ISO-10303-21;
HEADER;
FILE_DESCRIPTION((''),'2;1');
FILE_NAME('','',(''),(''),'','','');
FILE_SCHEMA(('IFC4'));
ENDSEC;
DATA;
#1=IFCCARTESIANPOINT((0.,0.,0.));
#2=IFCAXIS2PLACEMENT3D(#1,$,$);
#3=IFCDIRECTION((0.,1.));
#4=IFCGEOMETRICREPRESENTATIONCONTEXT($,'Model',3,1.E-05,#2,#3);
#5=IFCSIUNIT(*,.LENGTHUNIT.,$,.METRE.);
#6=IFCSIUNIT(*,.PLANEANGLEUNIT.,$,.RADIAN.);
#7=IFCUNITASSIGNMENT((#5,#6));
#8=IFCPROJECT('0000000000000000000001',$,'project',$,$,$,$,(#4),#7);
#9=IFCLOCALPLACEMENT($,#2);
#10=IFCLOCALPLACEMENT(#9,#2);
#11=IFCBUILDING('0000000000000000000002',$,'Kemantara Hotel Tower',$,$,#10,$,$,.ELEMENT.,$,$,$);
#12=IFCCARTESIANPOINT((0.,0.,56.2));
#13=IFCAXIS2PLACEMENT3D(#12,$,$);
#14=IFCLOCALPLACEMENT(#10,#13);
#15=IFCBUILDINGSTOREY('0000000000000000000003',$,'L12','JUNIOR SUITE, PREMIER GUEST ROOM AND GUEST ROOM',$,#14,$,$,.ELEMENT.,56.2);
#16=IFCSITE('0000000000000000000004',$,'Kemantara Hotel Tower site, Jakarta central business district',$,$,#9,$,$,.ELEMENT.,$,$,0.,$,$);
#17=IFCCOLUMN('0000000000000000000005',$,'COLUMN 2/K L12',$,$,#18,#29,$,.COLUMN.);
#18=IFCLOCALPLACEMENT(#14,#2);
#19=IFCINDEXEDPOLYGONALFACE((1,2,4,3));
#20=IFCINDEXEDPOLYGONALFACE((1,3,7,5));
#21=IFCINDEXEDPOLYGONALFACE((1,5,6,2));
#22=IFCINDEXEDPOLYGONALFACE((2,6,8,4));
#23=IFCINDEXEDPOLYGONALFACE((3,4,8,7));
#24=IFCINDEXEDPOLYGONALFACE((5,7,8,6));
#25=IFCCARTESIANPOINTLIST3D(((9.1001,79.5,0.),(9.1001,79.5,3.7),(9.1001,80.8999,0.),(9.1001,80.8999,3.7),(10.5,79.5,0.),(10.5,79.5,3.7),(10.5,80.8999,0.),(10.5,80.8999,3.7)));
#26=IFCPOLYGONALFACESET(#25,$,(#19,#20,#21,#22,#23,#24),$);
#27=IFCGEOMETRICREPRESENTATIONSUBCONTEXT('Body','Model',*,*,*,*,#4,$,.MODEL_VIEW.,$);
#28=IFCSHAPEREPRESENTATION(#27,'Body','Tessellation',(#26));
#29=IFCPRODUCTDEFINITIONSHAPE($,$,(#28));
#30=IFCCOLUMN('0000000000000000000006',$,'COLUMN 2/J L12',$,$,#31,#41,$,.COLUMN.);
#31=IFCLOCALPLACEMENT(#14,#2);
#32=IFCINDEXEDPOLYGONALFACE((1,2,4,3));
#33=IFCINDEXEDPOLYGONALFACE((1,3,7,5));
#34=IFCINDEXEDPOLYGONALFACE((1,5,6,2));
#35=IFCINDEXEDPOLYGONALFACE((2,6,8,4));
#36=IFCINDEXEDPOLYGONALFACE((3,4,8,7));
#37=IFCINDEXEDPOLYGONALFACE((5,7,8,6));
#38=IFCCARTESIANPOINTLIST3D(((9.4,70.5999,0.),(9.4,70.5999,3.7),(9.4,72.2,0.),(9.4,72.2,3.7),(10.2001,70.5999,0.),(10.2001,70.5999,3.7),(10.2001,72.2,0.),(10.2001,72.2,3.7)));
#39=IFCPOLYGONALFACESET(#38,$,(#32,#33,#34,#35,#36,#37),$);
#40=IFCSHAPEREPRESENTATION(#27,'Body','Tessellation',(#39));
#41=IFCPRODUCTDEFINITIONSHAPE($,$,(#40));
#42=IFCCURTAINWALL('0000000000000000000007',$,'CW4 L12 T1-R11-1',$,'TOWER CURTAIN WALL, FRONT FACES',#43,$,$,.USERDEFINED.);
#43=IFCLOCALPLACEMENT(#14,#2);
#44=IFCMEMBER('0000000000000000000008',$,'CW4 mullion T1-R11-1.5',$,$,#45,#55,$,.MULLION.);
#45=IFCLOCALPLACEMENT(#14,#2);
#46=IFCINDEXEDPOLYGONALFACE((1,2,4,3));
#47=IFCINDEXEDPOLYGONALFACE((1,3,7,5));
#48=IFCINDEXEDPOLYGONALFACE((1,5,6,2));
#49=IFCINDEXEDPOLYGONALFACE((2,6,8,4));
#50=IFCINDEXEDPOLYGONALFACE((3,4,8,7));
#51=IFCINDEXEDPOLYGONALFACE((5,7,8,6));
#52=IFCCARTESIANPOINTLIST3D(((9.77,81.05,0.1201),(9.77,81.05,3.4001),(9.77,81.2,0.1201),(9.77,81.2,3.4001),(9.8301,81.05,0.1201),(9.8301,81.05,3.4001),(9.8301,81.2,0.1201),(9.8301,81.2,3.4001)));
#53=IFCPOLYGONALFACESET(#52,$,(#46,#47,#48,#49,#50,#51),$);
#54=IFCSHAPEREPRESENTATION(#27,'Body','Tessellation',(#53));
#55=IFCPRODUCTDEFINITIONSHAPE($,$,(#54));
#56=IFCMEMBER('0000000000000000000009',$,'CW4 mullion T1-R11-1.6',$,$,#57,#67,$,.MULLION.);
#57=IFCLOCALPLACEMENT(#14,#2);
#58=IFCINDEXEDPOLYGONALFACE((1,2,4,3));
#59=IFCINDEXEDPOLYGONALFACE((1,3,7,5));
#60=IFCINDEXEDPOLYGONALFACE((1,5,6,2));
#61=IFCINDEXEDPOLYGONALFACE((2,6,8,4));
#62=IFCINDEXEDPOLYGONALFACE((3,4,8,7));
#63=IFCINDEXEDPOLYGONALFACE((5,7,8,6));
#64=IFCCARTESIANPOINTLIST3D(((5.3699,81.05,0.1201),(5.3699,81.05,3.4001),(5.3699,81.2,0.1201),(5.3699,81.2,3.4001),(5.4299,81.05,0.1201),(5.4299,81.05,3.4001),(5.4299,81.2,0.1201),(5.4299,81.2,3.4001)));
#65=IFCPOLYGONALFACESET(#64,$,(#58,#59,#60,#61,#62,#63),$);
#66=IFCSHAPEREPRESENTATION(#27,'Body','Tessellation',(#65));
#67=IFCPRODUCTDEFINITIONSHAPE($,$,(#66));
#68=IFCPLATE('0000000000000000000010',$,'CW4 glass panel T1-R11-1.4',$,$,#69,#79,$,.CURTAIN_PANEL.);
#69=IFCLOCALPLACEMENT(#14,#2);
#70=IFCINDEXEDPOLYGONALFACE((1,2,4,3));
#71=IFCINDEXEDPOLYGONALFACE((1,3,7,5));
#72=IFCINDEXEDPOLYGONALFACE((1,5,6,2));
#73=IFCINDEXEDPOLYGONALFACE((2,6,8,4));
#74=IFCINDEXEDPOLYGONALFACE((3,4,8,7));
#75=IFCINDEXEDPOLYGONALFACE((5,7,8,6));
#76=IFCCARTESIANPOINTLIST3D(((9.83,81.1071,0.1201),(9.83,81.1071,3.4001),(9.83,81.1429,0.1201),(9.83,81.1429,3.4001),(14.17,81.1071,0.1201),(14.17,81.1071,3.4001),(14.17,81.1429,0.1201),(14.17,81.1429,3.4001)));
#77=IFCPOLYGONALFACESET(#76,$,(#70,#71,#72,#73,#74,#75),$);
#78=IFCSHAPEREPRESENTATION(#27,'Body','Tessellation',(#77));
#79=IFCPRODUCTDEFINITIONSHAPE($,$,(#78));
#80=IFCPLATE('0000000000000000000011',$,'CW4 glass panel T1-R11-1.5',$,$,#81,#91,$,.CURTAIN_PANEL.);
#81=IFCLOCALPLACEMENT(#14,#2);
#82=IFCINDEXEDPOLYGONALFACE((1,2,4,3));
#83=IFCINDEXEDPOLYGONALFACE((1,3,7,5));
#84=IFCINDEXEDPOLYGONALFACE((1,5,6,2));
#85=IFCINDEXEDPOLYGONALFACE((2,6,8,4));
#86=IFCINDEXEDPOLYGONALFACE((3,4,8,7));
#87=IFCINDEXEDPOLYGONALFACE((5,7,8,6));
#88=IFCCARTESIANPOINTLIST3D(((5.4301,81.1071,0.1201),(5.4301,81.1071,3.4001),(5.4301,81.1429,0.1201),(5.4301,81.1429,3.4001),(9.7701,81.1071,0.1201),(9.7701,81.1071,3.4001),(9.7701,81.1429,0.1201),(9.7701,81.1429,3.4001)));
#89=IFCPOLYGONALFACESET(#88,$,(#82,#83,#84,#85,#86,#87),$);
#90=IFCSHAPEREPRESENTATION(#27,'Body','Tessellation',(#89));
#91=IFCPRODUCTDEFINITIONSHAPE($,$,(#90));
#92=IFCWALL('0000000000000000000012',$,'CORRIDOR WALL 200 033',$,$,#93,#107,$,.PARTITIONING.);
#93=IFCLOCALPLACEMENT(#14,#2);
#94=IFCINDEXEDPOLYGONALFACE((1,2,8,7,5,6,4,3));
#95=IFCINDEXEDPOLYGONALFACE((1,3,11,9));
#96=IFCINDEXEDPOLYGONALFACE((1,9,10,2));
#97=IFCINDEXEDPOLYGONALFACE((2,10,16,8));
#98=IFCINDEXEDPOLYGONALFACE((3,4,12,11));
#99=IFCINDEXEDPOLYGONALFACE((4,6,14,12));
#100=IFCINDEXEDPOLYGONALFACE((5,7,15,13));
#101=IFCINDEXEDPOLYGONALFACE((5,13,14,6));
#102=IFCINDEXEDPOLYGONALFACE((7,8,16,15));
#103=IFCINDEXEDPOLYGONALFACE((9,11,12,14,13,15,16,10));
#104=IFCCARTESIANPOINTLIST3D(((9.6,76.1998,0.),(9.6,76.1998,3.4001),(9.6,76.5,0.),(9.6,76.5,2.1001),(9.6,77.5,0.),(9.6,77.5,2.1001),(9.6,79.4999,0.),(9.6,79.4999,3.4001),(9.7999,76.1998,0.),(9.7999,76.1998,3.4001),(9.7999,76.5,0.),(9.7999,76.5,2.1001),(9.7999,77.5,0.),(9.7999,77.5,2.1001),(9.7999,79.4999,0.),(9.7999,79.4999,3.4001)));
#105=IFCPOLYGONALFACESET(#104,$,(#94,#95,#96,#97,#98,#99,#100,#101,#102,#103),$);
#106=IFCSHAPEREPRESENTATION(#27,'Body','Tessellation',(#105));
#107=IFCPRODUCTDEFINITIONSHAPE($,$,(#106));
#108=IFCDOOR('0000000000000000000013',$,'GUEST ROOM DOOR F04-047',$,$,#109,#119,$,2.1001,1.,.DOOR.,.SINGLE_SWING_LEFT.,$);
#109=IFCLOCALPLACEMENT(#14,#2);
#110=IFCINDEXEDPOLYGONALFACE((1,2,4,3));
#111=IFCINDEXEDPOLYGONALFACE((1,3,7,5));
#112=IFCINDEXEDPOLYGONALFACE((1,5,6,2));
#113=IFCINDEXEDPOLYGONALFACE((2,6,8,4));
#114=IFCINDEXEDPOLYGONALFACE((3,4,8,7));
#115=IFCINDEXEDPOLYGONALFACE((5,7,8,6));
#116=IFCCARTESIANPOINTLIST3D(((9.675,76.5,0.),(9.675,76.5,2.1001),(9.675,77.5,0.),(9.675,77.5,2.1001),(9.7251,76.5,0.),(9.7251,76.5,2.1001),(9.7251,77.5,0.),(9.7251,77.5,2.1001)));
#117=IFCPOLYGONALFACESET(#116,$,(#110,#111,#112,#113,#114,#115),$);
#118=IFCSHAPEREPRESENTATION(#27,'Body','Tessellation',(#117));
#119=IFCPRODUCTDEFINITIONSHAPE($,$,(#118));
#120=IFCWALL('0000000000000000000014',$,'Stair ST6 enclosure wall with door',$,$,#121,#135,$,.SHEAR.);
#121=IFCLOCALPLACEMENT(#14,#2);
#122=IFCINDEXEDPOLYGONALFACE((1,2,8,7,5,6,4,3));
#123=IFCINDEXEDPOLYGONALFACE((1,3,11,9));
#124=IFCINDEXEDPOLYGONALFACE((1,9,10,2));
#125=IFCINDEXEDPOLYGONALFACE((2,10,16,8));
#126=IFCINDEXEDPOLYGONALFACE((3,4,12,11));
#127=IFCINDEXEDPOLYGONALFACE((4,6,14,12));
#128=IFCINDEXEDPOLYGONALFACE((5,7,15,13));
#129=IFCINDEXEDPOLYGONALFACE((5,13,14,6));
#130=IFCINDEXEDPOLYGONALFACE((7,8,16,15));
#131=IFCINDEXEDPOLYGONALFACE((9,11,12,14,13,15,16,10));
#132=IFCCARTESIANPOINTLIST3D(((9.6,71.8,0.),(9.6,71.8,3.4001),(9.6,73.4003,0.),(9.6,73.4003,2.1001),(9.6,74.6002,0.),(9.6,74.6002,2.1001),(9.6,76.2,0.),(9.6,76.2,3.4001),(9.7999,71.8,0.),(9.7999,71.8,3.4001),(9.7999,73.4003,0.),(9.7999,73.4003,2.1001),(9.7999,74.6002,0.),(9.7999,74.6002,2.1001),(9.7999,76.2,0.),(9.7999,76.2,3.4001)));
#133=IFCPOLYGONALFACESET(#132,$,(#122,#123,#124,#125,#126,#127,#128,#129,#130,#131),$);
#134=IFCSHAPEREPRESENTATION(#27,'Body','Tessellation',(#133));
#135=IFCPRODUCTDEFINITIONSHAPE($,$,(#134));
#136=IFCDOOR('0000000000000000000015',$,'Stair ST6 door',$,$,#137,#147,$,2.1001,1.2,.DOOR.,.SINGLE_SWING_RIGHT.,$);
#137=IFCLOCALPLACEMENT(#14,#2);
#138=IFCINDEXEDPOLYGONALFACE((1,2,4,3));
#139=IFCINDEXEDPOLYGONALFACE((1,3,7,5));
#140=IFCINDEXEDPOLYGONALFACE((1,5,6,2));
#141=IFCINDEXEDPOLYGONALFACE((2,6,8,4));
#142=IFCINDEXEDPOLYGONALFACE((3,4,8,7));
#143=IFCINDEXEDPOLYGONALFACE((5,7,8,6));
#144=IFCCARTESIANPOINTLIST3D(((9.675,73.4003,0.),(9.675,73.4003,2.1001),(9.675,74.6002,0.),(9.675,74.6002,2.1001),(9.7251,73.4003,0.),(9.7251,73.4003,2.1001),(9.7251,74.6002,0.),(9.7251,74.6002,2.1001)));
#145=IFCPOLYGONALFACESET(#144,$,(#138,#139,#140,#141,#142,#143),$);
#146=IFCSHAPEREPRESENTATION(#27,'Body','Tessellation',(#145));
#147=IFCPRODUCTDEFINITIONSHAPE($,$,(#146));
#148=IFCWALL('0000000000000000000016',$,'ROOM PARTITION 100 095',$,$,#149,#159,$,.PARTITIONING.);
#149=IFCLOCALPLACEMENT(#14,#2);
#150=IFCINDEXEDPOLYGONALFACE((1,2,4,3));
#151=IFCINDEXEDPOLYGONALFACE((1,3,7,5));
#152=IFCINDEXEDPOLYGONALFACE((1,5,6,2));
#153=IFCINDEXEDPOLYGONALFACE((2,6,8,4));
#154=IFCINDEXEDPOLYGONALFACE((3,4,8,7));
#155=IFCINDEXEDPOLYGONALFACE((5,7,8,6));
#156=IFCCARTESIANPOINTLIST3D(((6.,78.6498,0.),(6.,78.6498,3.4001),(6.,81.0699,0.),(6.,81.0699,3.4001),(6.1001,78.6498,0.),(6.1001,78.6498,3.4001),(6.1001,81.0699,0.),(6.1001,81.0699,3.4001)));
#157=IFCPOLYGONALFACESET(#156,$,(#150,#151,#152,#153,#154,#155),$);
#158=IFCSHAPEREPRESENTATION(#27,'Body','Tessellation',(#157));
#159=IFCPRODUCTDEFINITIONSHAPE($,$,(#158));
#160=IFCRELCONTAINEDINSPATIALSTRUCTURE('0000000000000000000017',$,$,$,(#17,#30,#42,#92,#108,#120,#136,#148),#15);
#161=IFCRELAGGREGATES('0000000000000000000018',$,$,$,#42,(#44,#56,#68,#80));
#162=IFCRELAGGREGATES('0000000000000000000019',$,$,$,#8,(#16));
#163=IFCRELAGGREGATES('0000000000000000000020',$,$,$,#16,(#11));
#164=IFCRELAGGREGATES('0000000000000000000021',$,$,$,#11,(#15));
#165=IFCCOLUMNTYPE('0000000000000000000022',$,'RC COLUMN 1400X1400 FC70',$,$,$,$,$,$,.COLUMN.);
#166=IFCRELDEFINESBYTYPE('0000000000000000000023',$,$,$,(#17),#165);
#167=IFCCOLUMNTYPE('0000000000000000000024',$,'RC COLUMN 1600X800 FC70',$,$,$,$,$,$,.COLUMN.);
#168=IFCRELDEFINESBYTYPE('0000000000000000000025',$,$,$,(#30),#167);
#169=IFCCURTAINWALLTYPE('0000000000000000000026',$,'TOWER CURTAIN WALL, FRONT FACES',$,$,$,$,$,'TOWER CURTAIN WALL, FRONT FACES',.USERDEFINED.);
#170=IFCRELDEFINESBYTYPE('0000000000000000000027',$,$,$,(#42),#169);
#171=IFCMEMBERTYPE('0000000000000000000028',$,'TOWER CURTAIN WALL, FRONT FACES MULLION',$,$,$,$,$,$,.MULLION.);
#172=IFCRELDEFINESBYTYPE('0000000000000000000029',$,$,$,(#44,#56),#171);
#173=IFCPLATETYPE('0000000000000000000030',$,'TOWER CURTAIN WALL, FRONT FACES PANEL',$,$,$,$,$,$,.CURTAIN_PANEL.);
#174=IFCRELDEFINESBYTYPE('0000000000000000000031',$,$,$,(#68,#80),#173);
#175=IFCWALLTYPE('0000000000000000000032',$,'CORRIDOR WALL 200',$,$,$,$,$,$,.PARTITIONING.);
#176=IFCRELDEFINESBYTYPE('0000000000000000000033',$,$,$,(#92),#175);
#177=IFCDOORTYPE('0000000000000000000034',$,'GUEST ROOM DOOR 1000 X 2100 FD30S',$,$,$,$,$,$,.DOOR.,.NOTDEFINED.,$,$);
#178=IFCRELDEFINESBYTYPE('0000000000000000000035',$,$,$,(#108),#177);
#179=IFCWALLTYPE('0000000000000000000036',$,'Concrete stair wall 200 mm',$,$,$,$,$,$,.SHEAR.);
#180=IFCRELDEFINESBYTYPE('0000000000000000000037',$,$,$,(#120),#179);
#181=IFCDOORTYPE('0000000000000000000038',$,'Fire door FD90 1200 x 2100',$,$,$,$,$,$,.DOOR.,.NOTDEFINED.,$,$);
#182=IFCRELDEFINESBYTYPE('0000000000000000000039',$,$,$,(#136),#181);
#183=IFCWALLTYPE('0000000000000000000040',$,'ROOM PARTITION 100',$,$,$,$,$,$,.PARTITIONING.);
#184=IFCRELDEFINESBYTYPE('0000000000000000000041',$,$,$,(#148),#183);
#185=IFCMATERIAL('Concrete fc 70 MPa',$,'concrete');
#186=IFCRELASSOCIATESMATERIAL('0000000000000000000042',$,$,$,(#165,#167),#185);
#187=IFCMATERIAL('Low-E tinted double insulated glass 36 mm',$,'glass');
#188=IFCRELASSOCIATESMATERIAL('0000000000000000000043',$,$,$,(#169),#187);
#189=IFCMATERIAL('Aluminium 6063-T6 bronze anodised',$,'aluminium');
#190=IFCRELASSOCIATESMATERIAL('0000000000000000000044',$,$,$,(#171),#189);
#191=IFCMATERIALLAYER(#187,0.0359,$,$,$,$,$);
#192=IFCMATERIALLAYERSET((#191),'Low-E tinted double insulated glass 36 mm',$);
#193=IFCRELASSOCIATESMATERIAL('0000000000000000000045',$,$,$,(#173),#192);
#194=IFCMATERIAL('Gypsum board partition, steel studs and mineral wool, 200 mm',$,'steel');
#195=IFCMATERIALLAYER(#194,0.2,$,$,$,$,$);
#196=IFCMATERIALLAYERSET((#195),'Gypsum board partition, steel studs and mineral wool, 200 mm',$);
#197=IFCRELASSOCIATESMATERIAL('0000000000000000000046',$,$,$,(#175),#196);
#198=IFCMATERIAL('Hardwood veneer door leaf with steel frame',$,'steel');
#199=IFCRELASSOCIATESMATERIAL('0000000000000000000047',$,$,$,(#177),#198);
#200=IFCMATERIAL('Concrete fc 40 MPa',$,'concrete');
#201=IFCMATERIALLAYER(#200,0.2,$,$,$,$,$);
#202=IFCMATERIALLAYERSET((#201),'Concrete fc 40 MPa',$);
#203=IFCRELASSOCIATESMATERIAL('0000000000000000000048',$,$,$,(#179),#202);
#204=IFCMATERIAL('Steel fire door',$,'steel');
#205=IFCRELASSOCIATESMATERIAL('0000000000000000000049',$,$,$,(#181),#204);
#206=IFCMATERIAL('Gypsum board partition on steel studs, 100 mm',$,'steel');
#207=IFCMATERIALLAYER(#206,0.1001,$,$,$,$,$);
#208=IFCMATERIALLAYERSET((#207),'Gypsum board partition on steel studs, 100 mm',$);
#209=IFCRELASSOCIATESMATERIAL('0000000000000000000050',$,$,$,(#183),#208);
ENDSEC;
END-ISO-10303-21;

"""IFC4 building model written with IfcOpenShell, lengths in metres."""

from ifc_helpers import new_model, si_unit, direction, frame, frame_2d, origin, origin_2d, place, context, subcontext, project, spatial, rectangle, extrude, source, transform, mapped, material, layer, layer_set, material_profile, profile_set, type_object, element, fill, aggregate, save


model = new_model("IFC4")

# Units and contexts
model_context = context("Model", 3, precision=1e-05, world=origin(), true_north=direction((0.0, 1.0)))
body_context = subcontext(model_context, "Body", "Model", "MODEL_VIEW")
ifc_project = project(units=[si_unit("LENGTHUNIT", "METRE"), si_unit("PLANEANGLEUNIT", "RADIAN")], contexts=[model_context])

# Site, building, storey
site_placement = place(None, origin())
site = spatial("IfcSite", under=ifc_project, at=site_placement, Name="Kemantara Hotel Tower site, Jakarta central business district", CompositionType="ELEMENT", RefElevation=0.0)
building_placement = place(site_placement, origin())
building = spatial("IfcBuilding", under=site, at=building_placement, Name="Kemantara Hotel Tower", CompositionType="ELEMENT")
storey_placement = place(building_placement, frame((0.0, 0.0, 56.2)))
storey = spatial("IfcBuildingStorey", under=building, at=storey_placement, Name="L12", Description="JUNIOR SUITE, PREMIER GUEST ROOM AND GUEST ROOM", CompositionType="ELEMENT", Elevation=56.2)

# Columns
ifc_material_1 = material(Name="Concrete fc 70 MPa", Category="concrete")
ifc_material_profile_1 = material_profile(ifc_material_1, rectangle(XDim=1.3999, YDim=1.3999, at=origin_2d()), Name="RC 1400X1400")
ifc_profile_set_1 = profile_set([ifc_material_profile_1], Name="Concrete fc 70 MPa")
column_type_1 = type_object("IfcColumnType", Name="RC COLUMN 1400X1400 FC70", PredefinedType="COLUMN", material=ifc_profile_set_1)
column_1_placement = place(storey_placement, frame((9.8, 80.2, 0.0), z_axis=(0.0, 0.0, 1.0), x_axis=(1.0, 0.0, 0.0)))
element("IfcColumn", 1, at=column_1_placement, inside=storey, type_object=column_type_1, Name="COLUMN 2/K L12", PredefinedType="COLUMN", context=body_context, shape_type="SweptSolid", body=[
    extrude(rectangle(XDim=1.3999, YDim=1.3999, at=origin_2d()), origin(), (0.0, 0.0, 1.0), 3.7),
])
ifc_material_profile_2 = material_profile(ifc_material_1, rectangle(XDim=1.6001, YDim=0.8, at=origin_2d()), Name="RC 1600X800")
ifc_profile_set_2 = profile_set([ifc_material_profile_2], Name="Concrete fc 70 MPa")
column_type_2 = type_object("IfcColumnType", Name="RC COLUMN 1600X800 FC70", PredefinedType="COLUMN", material=ifc_profile_set_2)
column_2_placement = place(storey_placement, frame((9.8, 71.3999, 0.0), z_axis=(0.0, 0.0, 1.0), x_axis=(0.0, 1.0, 0.0)))
element("IfcColumn", 2, at=column_2_placement, inside=storey, type_object=column_type_2, Name="COLUMN 2/J L12", PredefinedType="COLUMN", context=body_context, shape_type="SweptSolid", body=[
    extrude(rectangle(XDim=1.6001, YDim=0.8, at=origin_2d()), origin(), (0.0, 0.0, 1.0), 3.7),
])

# Curtain wall, members, plates
ifc_material_2 = material(Name="Low-E tinted double insulated glass 36 mm", Category="glass")
curtain_wall_type = type_object("IfcCurtainWallType", Name="TOWER CURTAIN WALL, FRONT FACES", ElementType="TOWER CURTAIN WALL, FRONT FACES", PredefinedType="USERDEFINED", material=ifc_material_2)
curtain_wall_placement = place(storey_placement, origin())
curtain_wall = element("IfcCurtainWall", 3, at=curtain_wall_placement, inside=storey, type_object=curtain_wall_type, Name="CW4 L12 T1-R11-1", ObjectType="TOWER CURTAIN WALL, FRONT FACES", PredefinedType="USERDEFINED")
ifc_material_3 = material(Name="Aluminium 6063-T6 bronze anodised", Category="aluminium")
ifc_material_profile_3 = material_profile(ifc_material_3, rectangle(XDim=0.1499, YDim=0.0601, at=origin_2d()), Name="TOWER CURTAIN WALL, FRONT FACES MULLION")
ifc_profile_set_3 = profile_set([ifc_material_profile_3], Name="Aluminium 6063-T6 bronze anodised")
member_type = type_object("IfcMemberType", Name="TOWER CURTAIN WALL, FRONT FACES MULLION", PredefinedType="MULLION", material=ifc_profile_set_3)
shared_shape_1 = source(origin(), body_context, "Body", "SweptSolid", [
    extrude(rectangle(XDim=0.1499, YDim=0.0601, at=origin_2d()), origin(), (0.0, 0.0, 1.0), 3.28),
])
member_1_placement = place(storey_placement, frame((9.8, 81.125, 0.1201), z_axis=(0.0, 0.0, 1.0), x_axis=(0.0, -1.0, 0.0)))
member_1 = element("IfcMember", 4, at=member_1_placement, type_object=member_type, Name="CW4 mullion T1-R11-1.5", PredefinedType="MULLION", context=body_context, shape_type="MappedRepresentation", body=[
    mapped(shared_shape_1, transform((0.0, 0.0, 0.0))),
])
member_2_placement = place(storey_placement, frame((5.3999, 81.125, 0.1201), z_axis=(0.0, 0.0, 1.0), x_axis=(0.0, -1.0, 0.0)))
member_2 = element("IfcMember", 5, at=member_2_placement, type_object=member_type, Name="CW4 mullion T1-R11-1.6", PredefinedType="MULLION", context=body_context, shape_type="MappedRepresentation", body=[
    mapped(shared_shape_1, transform((0.0, 0.0, 0.0))),
])
ifc_layer_1 = layer(ifc_material_2, 0.0359)
ifc_layer_set_1 = layer_set([ifc_layer_1], Name="Low-E tinted double insulated glass 36 mm")
plate_type = type_object("IfcPlateType", Name="TOWER CURTAIN WALL, FRONT FACES PANEL", PredefinedType="CURTAIN_PANEL", material=ifc_layer_set_1)
shared_shape_2 = source(origin(), body_context, "Body", "SweptSolid", [
    extrude(rectangle(XDim=4.3401, YDim=0.0359, at=origin_2d()), origin(), (0.0, 0.0, 1.0), 3.28),
])
plate_1_placement = place(storey_placement, frame((12.0, 81.125, 0.1201), z_axis=(0.0, 0.0, 1.0), x_axis=(-1.0, 0.0, 0.0)))
plate_1 = element("IfcPlate", 6, at=plate_1_placement, type_object=plate_type, Name="CW4 glass panel T1-R11-1.4", PredefinedType="CURTAIN_PANEL", context=body_context, shape_type="MappedRepresentation", body=[
    mapped(shared_shape_2, transform((0.0, 0.0, 0.0))),
])
plate_2_placement = place(storey_placement, frame((7.6001, 81.125, 0.1201), z_axis=(0.0, 0.0, 1.0), x_axis=(-1.0, 0.0, 0.0)))
plate_2 = element("IfcPlate", 7, at=plate_2_placement, type_object=plate_type, Name="CW4 glass panel T1-R11-1.5", PredefinedType="CURTAIN_PANEL", context=body_context, shape_type="MappedRepresentation", body=[
    mapped(shared_shape_2, transform((0.0, 0.0, 0.0))),
])
aggregate(curtain_wall, [member_1, member_2, plate_1, plate_2])

# Walls, openings, doors
ifc_material_4 = material(Name="Gypsum board partition, steel studs and mineral wool, 200 mm", Category="steel")
ifc_layer_2 = layer(ifc_material_4, 0.2)
ifc_layer_set_2 = layer_set([ifc_layer_2], Name="Gypsum board partition, steel studs and mineral wool, 200 mm")
wall_type_1 = type_object("IfcWallType", Name="CORRIDOR WALL 200", PredefinedType="PARTITIONING", material=ifc_layer_set_2)
wall_1_placement = place(storey_placement, frame((9.7, 76.2, 0.0), z_axis=(0.0, 0.0, 1.0), x_axis=(0.0, 1.0, 0.0)))
wall_1 = element("IfcWall", 8, at=wall_1_placement, inside=storey, type_object=wall_type_1, Name="CORRIDOR WALL 200 033", PredefinedType="PARTITIONING", context=body_context, shape_type="SweptSolid", body=[
    extrude(rectangle(XDim=3.3, YDim=0.2, at=frame_2d((1.6499, 0.0))), origin(), (0.0, 0.0, 1.0), 3.4001),
])
opening_1_placement = place(wall_1_placement, frame((0.3, 0.0, 0.0)))
opening_1 = element("IfcOpeningElement", 9, at=opening_1_placement, cuts=wall_1, PredefinedType="OPENING", context=body_context, shape_type="SweptSolid", body=[
    extrude(rectangle(XDim=1.0, YDim=2.1001, at=frame_2d((0.5, 1.05))), frame((0.0, 0.1099, 0.0), z_axis=(0.0, -1.0, 0.0), x_axis=(1.0, 0.0, 0.0)), (0.0, 0.0, 1.0), 0.22),
])
ifc_material_5 = material(Name="Hardwood veneer door leaf with steel frame", Category="steel")
door_type_1 = type_object("IfcDoorType", Name="GUEST ROOM DOOR 1000 X 2100 FD30S", OperationType="NOTDEFINED", PredefinedType="DOOR", material=ifc_material_5)
door_1_placement = place(opening_1_placement, origin())
door_1 = element("IfcDoor", 10, at=door_1_placement, inside=storey, type_object=door_type_1, Name="GUEST ROOM DOOR F04-047", OperationType="SINGLE_SWING_LEFT", OverallHeight=2.1001, OverallWidth=1.0, PredefinedType="DOOR", context=body_context, shape_type="SweptSolid", body=[
    extrude(rectangle(XDim=1.0, YDim=2.1001, at=frame_2d((0.5, 1.05))), frame((0.0, 0.0249, 0.0), z_axis=(0.0, -1.0, 0.0), x_axis=(1.0, 0.0, 0.0)), (0.0, 0.0, 1.0), 0.05),
])
fill(opening_1, door_1)
ifc_material_6 = material(Name="Concrete fc 40 MPa", Category="concrete")
ifc_layer_3 = layer(ifc_material_6, 0.2)
ifc_layer_set_3 = layer_set([ifc_layer_3], Name="Concrete fc 40 MPa")
wall_type_2 = type_object("IfcWallType", Name="Concrete stair wall 200 mm", PredefinedType="SHEAR", material=ifc_layer_set_3)
wall_2_placement = place(storey_placement, frame((9.7, 71.8, 0.0), z_axis=(0.0, 0.0, 1.0), x_axis=(0.0, 1.0, 0.0)))
wall_2 = element("IfcWall", 11, at=wall_2_placement, inside=storey, type_object=wall_type_2, Name="Stair ST6 enclosure wall with door", PredefinedType="SHEAR", context=body_context, shape_type="SweptSolid", body=[
    extrude(rectangle(XDim=4.3999, YDim=0.2, at=frame_2d((2.2, 0.0))), origin(), (0.0, 0.0, 1.0), 3.4001),
])
opening_2_placement = place(wall_2_placement, frame((1.6001, 0.0, 0.0)))
opening_2 = element("IfcOpeningElement", 12, at=opening_2_placement, cuts=wall_2, PredefinedType="OPENING", context=body_context, shape_type="SweptSolid", body=[
    extrude(rectangle(XDim=1.2, YDim=2.1001, at=frame_2d((0.6001, 1.05))), frame((0.0, 0.1099, 0.0), z_axis=(0.0, -1.0, 0.0), x_axis=(1.0, 0.0, 0.0)), (0.0, 0.0, 1.0), 0.22),
])
ifc_material_7 = material(Name="Steel fire door", Category="steel")
door_type_2 = type_object("IfcDoorType", Name="Fire door FD90 1200 x 2100", OperationType="NOTDEFINED", PredefinedType="DOOR", material=ifc_material_7)
door_2_placement = place(opening_2_placement, origin())
door_2 = element("IfcDoor", 13, at=door_2_placement, inside=storey, type_object=door_type_2, Name="Stair ST6 door", OperationType="SINGLE_SWING_RIGHT", OverallHeight=2.1001, OverallWidth=1.2, PredefinedType="DOOR", context=body_context, shape_type="SweptSolid", body=[
    extrude(rectangle(XDim=1.2, YDim=2.1001, at=frame_2d((0.6001, 1.05))), frame((0.0, 0.0249, 0.0), z_axis=(0.0, -1.0, 0.0), x_axis=(1.0, 0.0, 0.0)), (0.0, 0.0, 1.0), 0.05),
])
fill(opening_2, door_2)

# Wall
ifc_material_8 = material(Name="Gypsum board partition on steel studs, 100 mm", Category="steel")
ifc_layer_4 = layer(ifc_material_8, 0.1001)
ifc_layer_set_4 = layer_set([ifc_layer_4], Name="Gypsum board partition on steel studs, 100 mm")
wall_type_3 = type_object("IfcWallType", Name="ROOM PARTITION 100", PredefinedType="PARTITIONING", material=ifc_layer_set_4)
wall_3_placement = place(storey_placement, frame((6.05, 78.6499, 0.0), z_axis=(0.0, 0.0, 1.0), x_axis=(0.0, 1.0, 0.0)))
element("IfcWall", 14, at=wall_3_placement, inside=storey, type_object=wall_type_3, Name="ROOM PARTITION 100 095", PredefinedType="PARTITIONING", context=body_context, shape_type="SweptSolid", body=[
    extrude(rectangle(XDim=2.4202, YDim=0.1001, at=frame_2d((1.21, 0.0))), origin(), (0.0, 0.0, 1.0), 3.4001),
])

save(model, "model.ifc")
